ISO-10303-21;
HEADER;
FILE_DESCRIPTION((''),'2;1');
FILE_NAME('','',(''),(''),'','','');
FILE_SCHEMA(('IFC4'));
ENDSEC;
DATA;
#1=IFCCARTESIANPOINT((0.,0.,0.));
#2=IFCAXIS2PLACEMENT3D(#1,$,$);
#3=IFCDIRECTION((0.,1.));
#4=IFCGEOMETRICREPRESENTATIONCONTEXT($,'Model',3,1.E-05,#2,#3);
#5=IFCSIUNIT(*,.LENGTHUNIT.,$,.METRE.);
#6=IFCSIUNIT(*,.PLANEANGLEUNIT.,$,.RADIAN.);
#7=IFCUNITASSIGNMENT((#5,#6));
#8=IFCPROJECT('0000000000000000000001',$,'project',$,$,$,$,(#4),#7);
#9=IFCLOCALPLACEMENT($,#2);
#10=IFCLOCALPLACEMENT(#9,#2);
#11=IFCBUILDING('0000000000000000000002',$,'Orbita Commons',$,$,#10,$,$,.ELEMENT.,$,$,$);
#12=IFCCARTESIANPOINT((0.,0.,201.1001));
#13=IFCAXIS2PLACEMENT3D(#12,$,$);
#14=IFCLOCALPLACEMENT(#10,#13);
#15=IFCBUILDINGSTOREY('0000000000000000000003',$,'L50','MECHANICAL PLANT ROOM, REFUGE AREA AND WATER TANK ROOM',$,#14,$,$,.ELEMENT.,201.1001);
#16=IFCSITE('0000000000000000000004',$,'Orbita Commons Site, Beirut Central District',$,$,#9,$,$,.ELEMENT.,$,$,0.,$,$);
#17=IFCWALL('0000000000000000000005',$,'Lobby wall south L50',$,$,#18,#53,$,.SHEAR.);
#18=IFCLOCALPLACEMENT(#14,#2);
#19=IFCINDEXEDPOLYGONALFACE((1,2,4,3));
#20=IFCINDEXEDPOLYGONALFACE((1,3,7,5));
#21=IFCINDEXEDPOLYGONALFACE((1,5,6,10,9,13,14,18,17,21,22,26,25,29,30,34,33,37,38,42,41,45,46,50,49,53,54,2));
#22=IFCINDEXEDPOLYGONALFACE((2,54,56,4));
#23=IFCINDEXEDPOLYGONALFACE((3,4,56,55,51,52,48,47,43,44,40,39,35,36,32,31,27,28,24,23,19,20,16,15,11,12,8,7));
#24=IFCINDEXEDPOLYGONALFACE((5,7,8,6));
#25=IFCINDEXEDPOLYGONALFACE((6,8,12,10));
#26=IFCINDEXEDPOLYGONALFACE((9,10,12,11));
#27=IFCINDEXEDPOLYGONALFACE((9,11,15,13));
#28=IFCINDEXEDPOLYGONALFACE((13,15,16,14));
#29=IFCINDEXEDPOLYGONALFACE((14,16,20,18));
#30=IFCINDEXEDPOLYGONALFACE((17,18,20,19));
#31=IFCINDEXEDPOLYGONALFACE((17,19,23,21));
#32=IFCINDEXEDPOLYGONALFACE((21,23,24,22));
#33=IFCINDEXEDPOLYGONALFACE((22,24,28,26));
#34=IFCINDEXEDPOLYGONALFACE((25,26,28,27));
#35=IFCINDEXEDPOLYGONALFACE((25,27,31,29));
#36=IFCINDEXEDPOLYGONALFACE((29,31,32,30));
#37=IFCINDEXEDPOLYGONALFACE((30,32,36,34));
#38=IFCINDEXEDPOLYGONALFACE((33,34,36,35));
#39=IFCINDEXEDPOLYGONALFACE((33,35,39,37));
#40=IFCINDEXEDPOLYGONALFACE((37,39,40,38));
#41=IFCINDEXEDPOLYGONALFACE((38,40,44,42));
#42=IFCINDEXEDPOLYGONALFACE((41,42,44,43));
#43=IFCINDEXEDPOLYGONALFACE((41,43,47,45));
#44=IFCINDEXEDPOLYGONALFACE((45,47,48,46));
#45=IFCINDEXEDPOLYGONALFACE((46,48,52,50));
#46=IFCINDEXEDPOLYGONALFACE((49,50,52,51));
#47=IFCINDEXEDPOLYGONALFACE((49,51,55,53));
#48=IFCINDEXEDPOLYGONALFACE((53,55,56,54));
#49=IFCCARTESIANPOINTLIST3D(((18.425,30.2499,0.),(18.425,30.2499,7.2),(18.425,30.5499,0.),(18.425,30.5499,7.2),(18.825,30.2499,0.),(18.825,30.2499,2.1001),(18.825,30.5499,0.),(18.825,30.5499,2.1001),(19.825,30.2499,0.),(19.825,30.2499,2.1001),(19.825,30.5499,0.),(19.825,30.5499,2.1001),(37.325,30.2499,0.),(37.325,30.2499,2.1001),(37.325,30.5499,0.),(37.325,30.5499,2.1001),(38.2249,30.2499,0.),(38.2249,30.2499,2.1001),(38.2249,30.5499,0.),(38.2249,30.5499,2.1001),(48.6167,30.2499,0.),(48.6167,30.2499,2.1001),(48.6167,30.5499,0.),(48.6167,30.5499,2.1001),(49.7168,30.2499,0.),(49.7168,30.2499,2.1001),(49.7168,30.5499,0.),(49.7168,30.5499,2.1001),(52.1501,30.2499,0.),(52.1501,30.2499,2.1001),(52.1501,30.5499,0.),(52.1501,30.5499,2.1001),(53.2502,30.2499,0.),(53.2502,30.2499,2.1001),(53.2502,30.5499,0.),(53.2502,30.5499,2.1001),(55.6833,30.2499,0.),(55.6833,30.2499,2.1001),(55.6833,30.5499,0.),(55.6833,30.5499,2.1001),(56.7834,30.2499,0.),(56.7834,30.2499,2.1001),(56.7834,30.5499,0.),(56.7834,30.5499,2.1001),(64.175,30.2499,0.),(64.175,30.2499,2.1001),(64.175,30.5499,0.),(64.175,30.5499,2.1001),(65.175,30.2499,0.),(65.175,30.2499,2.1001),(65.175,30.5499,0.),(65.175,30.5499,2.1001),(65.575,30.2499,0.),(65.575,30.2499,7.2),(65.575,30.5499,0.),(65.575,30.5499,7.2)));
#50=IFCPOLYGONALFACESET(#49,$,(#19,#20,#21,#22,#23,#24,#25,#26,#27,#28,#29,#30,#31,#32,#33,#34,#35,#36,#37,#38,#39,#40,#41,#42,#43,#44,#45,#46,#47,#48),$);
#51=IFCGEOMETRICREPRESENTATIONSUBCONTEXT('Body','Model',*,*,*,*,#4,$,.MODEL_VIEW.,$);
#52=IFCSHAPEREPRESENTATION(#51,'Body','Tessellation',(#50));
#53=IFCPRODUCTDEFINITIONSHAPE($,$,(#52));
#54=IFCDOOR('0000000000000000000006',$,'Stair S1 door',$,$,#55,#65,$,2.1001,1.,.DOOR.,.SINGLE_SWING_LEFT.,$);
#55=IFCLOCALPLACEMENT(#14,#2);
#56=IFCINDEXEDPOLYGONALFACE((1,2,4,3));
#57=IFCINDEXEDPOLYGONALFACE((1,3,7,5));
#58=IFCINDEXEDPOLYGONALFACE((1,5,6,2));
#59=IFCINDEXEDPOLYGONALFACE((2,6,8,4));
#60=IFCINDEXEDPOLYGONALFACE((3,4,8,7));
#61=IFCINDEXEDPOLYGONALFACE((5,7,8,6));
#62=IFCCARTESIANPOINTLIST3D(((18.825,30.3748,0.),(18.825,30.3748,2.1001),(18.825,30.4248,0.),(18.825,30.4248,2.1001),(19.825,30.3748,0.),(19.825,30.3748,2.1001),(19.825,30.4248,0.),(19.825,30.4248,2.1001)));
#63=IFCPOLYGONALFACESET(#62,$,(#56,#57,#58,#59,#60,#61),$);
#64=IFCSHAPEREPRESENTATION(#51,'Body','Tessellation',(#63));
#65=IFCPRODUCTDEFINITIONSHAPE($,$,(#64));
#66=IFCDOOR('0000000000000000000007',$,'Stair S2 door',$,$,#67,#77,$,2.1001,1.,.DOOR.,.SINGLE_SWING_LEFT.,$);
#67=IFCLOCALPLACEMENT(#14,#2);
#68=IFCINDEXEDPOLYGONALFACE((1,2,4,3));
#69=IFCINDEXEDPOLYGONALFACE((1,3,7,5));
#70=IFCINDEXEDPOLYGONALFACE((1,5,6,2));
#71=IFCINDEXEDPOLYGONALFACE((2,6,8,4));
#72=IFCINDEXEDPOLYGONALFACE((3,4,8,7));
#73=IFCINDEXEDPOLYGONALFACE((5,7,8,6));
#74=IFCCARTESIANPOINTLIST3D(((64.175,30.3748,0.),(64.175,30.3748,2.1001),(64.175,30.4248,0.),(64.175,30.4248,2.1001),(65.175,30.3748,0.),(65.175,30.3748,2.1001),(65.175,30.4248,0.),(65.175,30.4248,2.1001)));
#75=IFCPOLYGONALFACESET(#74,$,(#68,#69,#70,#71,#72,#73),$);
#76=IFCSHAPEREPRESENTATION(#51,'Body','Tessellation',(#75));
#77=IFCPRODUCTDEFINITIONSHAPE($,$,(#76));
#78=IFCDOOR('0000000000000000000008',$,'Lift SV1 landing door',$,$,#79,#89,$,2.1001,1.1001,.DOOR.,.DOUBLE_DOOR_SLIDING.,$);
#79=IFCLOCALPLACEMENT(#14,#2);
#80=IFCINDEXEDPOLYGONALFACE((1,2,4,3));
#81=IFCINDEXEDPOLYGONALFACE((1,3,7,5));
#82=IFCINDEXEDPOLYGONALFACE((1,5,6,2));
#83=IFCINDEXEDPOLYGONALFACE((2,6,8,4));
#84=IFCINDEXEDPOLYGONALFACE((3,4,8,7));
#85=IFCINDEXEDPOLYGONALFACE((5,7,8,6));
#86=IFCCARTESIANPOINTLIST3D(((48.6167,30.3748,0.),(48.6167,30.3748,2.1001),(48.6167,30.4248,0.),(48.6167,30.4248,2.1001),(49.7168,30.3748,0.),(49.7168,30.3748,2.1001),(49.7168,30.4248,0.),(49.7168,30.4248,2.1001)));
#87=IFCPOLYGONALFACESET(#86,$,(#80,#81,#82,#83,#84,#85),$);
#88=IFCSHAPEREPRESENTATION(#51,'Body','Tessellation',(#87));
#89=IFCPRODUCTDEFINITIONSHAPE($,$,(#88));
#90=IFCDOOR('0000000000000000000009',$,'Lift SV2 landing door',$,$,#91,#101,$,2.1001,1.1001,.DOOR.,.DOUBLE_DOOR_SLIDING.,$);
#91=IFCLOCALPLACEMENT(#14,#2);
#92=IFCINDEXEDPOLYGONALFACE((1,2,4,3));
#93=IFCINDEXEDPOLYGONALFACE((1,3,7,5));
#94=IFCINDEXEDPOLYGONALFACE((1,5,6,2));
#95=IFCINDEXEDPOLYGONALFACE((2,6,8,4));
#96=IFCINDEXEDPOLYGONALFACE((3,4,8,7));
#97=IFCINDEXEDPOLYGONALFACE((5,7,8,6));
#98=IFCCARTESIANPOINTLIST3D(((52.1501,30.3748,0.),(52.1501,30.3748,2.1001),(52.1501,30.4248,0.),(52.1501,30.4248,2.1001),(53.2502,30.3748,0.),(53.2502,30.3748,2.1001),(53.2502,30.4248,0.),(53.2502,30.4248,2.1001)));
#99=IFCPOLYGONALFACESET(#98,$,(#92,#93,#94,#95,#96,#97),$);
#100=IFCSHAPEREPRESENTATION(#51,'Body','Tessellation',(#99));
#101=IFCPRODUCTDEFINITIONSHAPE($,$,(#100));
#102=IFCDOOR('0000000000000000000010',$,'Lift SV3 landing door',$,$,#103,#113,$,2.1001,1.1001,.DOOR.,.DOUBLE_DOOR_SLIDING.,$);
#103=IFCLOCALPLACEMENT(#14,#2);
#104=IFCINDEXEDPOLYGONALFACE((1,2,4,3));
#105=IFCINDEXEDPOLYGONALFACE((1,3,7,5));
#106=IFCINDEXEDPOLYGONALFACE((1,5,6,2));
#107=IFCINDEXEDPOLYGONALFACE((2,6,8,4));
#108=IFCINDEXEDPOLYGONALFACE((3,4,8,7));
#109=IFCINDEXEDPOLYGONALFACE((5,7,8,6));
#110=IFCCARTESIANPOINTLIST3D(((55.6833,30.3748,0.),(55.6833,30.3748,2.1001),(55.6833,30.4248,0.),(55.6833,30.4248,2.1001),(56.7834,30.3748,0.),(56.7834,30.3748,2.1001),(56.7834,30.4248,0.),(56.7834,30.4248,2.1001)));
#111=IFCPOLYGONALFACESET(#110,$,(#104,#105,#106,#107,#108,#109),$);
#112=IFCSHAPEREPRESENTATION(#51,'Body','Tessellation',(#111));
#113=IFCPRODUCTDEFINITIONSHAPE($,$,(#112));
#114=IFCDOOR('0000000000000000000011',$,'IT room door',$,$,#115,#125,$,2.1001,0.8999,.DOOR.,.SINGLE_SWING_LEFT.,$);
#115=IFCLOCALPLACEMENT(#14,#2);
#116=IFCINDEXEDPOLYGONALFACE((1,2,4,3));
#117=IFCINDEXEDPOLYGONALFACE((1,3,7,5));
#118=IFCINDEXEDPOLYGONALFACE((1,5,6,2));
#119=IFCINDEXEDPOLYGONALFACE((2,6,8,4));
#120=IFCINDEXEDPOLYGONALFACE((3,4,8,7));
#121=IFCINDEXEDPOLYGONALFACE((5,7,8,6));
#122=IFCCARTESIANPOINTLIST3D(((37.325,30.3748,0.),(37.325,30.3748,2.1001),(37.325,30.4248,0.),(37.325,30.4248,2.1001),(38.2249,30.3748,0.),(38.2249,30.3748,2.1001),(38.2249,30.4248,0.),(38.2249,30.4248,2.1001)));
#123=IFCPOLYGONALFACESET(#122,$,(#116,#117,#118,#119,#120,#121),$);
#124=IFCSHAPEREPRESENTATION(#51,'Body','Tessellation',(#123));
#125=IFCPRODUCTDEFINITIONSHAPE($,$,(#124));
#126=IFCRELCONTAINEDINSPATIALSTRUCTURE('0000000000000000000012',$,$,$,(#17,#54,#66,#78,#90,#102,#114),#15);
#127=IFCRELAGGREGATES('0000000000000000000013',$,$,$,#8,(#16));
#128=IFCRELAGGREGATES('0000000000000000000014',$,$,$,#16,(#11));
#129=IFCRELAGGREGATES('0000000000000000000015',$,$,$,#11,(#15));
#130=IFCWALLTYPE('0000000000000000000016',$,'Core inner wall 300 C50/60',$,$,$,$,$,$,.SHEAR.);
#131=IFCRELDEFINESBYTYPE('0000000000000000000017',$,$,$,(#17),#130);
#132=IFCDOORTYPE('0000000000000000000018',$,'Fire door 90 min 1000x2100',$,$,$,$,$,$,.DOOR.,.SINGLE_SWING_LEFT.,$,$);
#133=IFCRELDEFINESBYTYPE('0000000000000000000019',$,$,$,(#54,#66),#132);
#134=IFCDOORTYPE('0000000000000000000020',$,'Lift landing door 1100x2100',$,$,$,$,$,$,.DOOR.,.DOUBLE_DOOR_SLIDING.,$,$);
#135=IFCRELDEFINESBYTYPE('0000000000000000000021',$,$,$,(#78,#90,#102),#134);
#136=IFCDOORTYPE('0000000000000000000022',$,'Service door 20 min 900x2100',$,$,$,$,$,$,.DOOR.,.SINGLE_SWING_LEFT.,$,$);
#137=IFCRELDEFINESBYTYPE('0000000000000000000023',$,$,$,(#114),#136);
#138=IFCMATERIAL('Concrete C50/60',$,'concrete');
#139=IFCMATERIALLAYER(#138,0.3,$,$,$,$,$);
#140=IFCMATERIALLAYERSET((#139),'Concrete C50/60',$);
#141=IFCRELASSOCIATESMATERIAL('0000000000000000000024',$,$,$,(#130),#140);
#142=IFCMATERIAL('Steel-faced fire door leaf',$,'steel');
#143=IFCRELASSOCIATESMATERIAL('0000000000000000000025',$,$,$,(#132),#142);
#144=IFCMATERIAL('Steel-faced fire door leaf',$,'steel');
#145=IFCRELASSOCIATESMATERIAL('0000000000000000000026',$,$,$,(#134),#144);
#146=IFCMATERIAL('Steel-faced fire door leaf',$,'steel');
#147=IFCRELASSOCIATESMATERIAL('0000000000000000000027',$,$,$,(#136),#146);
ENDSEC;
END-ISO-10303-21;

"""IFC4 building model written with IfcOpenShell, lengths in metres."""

from ifc_helpers import new_model, si_unit, direction, frame, frame_2d, origin, place, context, subcontext, project, spatial, rectangle, extrude, material, layer, layer_set, type_object, element, fill, save


model = new_model("IFC4")

# Units and contexts
model_context = context("Model", 3, precision=1e-05, world=origin(), true_north=direction((0.0, 1.0)))
body_context = subcontext(model_context, "Body", "Model", "MODEL_VIEW")
ifc_project = project(units=[si_unit("LENGTHUNIT", "METRE"), si_unit("PLANEANGLEUNIT", "RADIAN")], contexts=[model_context])

# Site, building, storey
site_placement = place(None, origin())
site = spatial("IfcSite", under=ifc_project, at=site_placement, Name="Orbita Commons Site, Beirut Central District", CompositionType="ELEMENT", RefElevation=0.0)
building_placement = place(site_placement, origin())
building = spatial("IfcBuilding", under=site, at=building_placement, Name="Orbita Commons", CompositionType="ELEMENT")
storey_placement = place(building_placement, frame((0.0, 0.0, 201.1001)))
storey = spatial("IfcBuildingStorey", under=building, at=storey_placement, Name="L50", Description="MECHANICAL PLANT ROOM, REFUGE AREA AND WATER TANK ROOM", CompositionType="ELEMENT", Elevation=201.1001)

# Wall, openings, doors
ifc_material_1 = material(Name="Concrete C50/60", Category="concrete")
ifc_layer = layer(ifc_material_1, 0.3)
ifc_layer_set = layer_set([ifc_layer], Name="Concrete C50/60")
wall_type = type_object("IfcWallType", Name="Core inner wall 300 C50/60", PredefinedType="SHEAR", material=ifc_layer_set)
wall_1_placement = place(storey_placement, frame((18.425, 30.3999, 0.0), z_axis=(0.0, 0.0, 1.0), x_axis=(1.0, 0.0, 0.0)))
wall_1 = element("IfcWall", 1, at=wall_1_placement, inside=storey, type_object=wall_type, Name="Lobby wall south L50", PredefinedType="SHEAR", context=body_context, shape_type="SweptSolid", body=[
    extrude(rectangle(XDim=47.1499, YDim=0.3, at=frame_2d((23.575, 0.0))), origin(), (0.0, 0.0, 1.0), 7.2),
])
opening_1_placement = place(wall_1_placement, frame((0.3999, 0.0, 0.0)))
opening_1 = element("IfcOpeningElement", 2, at=opening_1_placement, cuts=wall_1, PredefinedType="OPENING", context=body_context, shape_type="SweptSolid", body=[
    extrude(rectangle(XDim=1.0, YDim=2.1001, at=frame_2d((0.5, 1.05))), frame((0.0, 0.1599, 0.0), z_axis=(0.0, -1.0, 0.0), x_axis=(1.0, 0.0, 0.0)), (0.0, 0.0, 1.0), 0.3201),
])
opening_2_placement = place(wall_1_placement, frame((45.75, 0.0, 0.0)))
opening_2 = element("IfcOpeningElement", 3, at=opening_2_placement, cuts=wall_1, PredefinedType="OPENING", context=body_context, shape_type="SweptSolid", body=[
    extrude(rectangle(XDim=1.0, YDim=2.1001, at=frame_2d((0.5, 1.05))), frame((0.0, 0.1599, 0.0), z_axis=(0.0, -1.0, 0.0), x_axis=(1.0, 0.0, 0.0)), (0.0, 0.0, 1.0), 0.3201),
])
opening_3_placement = place(wall_1_placement, frame((18.8999, 0.0, 0.0)))
opening_3 = element("IfcOpeningElement", 4, at=opening_3_placement, cuts=wall_1, PredefinedType="OPENING", context=body_context, shape_type="SweptSolid", body=[
    extrude(rectangle(XDim=0.8999, YDim=2.1001, at=frame_2d((0.45, 1.05))), frame((0.0, 0.1599, 0.0), z_axis=(0.0, -1.0, 0.0), x_axis=(1.0, 0.0, 0.0)), (0.0, 0.0, 1.0), 0.3201),
])
opening_4_placement = place(wall_1_placement, frame((30.1917, 0.0, 0.0)))
opening_4 = element("IfcOpeningElement", 5, at=opening_4_placement, cuts=wall_1, PredefinedType="OPENING", context=body_context, shape_type="SweptSolid", body=[
    extrude(rectangle(XDim=1.1001, YDim=2.1001, at=frame_2d((0.55, 1.05))), frame((0.0, 0.1599, 0.0), z_axis=(0.0, -1.0, 0.0), x_axis=(1.0, 0.0, 0.0)), (0.0, 0.0, 1.0), 0.3201),
])
opening_5_placement = place(wall_1_placement, frame((33.7251, 0.0, 0.0)))
opening_5 = element("IfcOpeningElement", 6, at=opening_5_placement, cuts=wall_1, PredefinedType="OPENING", context=body_context, shape_type="SweptSolid", body=[
    extrude(rectangle(XDim=1.1001, YDim=2.1001, at=frame_2d((0.55, 1.05))), frame((0.0, 0.1599, 0.0), z_axis=(0.0, -1.0, 0.0), x_axis=(1.0, 0.0, 0.0)), (0.0, 0.0, 1.0), 0.3201),
])
opening_6_placement = place(wall_1_placement, frame((37.2583, 0.0, 0.0)))
opening_6 = element("IfcOpeningElement", 7, at=opening_6_placement, cuts=wall_1, PredefinedType="OPENING", context=body_context, shape_type="SweptSolid", body=[
    extrude(rectangle(XDim=1.1001, YDim=2.1001, at=frame_2d((0.55, 1.05))), frame((0.0, 0.1599, 0.0), z_axis=(0.0, -1.0, 0.0), x_axis=(1.0, 0.0, 0.0)), (0.0, 0.0, 1.0), 0.3201),
])
ifc_material_2 = material(Name="Steel-faced fire door leaf", Category="steel")
door_type_1 = type_object("IfcDoorType", Name="Fire door 90 min 1000x2100", OperationType="SINGLE_SWING_LEFT", PredefinedType="DOOR", material=ifc_material_2)
door_1_placement = place(opening_1_placement, origin())
door_1 = element("IfcDoor", 8, at=door_1_placement, inside=storey, type_object=door_type_1, Name="Stair S1 door", OperationType="SINGLE_SWING_LEFT", OverallHeight=2.1001, OverallWidth=1.0, PredefinedType="DOOR", context=body_context, shape_type="SweptSolid", body=[
    extrude(rectangle(XDim=1.0, YDim=2.1001, at=frame_2d((0.5, 1.05))), frame((0.0, 0.0249, 0.0), z_axis=(0.0, -1.0, 0.0), x_axis=(1.0, 0.0, 0.0)), (0.0, 0.0, 1.0), 0.05),
])
fill(opening_1, door_1)
door_2_placement = place(opening_2_placement, origin())
door_2 = element("IfcDoor", 9, at=door_2_placement, inside=storey, type_object=door_type_1, Name="Stair S2 door", OperationType="SINGLE_SWING_LEFT", OverallHeight=2.1001, OverallWidth=1.0, PredefinedType="DOOR", context=body_context, shape_type="SweptSolid", body=[
    extrude(rectangle(XDim=1.0, YDim=2.1001, at=frame_2d((0.5, 1.05))), frame((0.0, 0.0249, 0.0), z_axis=(0.0, -1.0, 0.0), x_axis=(1.0, 0.0, 0.0)), (0.0, 0.0, 1.0), 0.05),
])
fill(opening_2, door_2)
ifc_material_3 = material(Name="Steel-faced fire door leaf", Category="steel")
door_type_2 = type_object("IfcDoorType", Name="Lift landing door 1100x2100", OperationType="DOUBLE_DOOR_SLIDING", PredefinedType="DOOR", material=ifc_material_3)
door_3_placement = place(opening_4_placement, origin())
door_3 = element("IfcDoor", 10, at=door_3_placement, inside=storey, type_object=door_type_2, Name="Lift SV1 landing door", OperationType="DOUBLE_DOOR_SLIDING", OverallHeight=2.1001, OverallWidth=1.1001, PredefinedType="DOOR", context=body_context, shape_type="SweptSolid", body=[
    extrude(rectangle(XDim=1.1001, YDim=2.1001, at=frame_2d((0.55, 1.05))), frame((0.0, 0.0249, 0.0), z_axis=(0.0, -1.0, 0.0), x_axis=(1.0, 0.0, 0.0)), (0.0, 0.0, 1.0), 0.05),
])
fill(opening_4, door_3)
door_4_placement = place(opening_5_placement, origin())
door_4 = element("IfcDoor", 11, at=door_4_placement, inside=storey, type_object=door_type_2, Name="Lift SV2 landing door", OperationType="DOUBLE_DOOR_SLIDING", OverallHeight=2.1001, OverallWidth=1.1001, PredefinedType="DOOR", context=body_context, shape_type="SweptSolid", body=[
    extrude(rectangle(XDim=1.1001, YDim=2.1001, at=frame_2d((0.55, 1.05))), frame((0.0, 0.0249, 0.0), z_axis=(0.0, -1.0, 0.0), x_axis=(1.0, 0.0, 0.0)), (0.0, 0.0, 1.0), 0.05),
])
fill(opening_5, door_4)
door_5_placement = place(opening_6_placement, origin())
door_5 = element("IfcDoor", 12, at=door_5_placement, inside=storey, type_object=door_type_2, Name="Lift SV3 landing door", OperationType="DOUBLE_DOOR_SLIDING", OverallHeight=2.1001, OverallWidth=1.1001, PredefinedType="DOOR", context=body_context, shape_type="SweptSolid", body=[
    extrude(rectangle(XDim=1.1001, YDim=2.1001, at=frame_2d((0.55, 1.05))), frame((0.0, 0.0249, 0.0), z_axis=(0.0, -1.0, 0.0), x_axis=(1.0, 0.0, 0.0)), (0.0, 0.0, 1.0), 0.05),
])
fill(opening_6, door_5)
ifc_material_4 = material(Name="Steel-faced fire door leaf", Category="steel")
door_type_3 = type_object("IfcDoorType", Name="Service door 20 min 900x2100", OperationType="SINGLE_SWING_LEFT", PredefinedType="DOOR", material=ifc_material_4)
door_6_placement = place(opening_3_placement, origin())
door_6 = element("IfcDoor", 13, at=door_6_placement, inside=storey, type_object=door_type_3, Name="IT room door", OperationType="SINGLE_SWING_LEFT", OverallHeight=2.1001, OverallWidth=0.8999, PredefinedType="DOOR", context=body_context, shape_type="SweptSolid", body=[
    extrude(rectangle(XDim=0.8999, YDim=2.1001, at=frame_2d((0.45, 1.05))), frame((0.0, 0.0249, 0.0), z_axis=(0.0, -1.0, 0.0), x_axis=(1.0, 0.0, 0.0)), (0.0, 0.0, 1.0), 0.05),
])
fill(opening_3, door_6)

save(model, "model.ifc")
